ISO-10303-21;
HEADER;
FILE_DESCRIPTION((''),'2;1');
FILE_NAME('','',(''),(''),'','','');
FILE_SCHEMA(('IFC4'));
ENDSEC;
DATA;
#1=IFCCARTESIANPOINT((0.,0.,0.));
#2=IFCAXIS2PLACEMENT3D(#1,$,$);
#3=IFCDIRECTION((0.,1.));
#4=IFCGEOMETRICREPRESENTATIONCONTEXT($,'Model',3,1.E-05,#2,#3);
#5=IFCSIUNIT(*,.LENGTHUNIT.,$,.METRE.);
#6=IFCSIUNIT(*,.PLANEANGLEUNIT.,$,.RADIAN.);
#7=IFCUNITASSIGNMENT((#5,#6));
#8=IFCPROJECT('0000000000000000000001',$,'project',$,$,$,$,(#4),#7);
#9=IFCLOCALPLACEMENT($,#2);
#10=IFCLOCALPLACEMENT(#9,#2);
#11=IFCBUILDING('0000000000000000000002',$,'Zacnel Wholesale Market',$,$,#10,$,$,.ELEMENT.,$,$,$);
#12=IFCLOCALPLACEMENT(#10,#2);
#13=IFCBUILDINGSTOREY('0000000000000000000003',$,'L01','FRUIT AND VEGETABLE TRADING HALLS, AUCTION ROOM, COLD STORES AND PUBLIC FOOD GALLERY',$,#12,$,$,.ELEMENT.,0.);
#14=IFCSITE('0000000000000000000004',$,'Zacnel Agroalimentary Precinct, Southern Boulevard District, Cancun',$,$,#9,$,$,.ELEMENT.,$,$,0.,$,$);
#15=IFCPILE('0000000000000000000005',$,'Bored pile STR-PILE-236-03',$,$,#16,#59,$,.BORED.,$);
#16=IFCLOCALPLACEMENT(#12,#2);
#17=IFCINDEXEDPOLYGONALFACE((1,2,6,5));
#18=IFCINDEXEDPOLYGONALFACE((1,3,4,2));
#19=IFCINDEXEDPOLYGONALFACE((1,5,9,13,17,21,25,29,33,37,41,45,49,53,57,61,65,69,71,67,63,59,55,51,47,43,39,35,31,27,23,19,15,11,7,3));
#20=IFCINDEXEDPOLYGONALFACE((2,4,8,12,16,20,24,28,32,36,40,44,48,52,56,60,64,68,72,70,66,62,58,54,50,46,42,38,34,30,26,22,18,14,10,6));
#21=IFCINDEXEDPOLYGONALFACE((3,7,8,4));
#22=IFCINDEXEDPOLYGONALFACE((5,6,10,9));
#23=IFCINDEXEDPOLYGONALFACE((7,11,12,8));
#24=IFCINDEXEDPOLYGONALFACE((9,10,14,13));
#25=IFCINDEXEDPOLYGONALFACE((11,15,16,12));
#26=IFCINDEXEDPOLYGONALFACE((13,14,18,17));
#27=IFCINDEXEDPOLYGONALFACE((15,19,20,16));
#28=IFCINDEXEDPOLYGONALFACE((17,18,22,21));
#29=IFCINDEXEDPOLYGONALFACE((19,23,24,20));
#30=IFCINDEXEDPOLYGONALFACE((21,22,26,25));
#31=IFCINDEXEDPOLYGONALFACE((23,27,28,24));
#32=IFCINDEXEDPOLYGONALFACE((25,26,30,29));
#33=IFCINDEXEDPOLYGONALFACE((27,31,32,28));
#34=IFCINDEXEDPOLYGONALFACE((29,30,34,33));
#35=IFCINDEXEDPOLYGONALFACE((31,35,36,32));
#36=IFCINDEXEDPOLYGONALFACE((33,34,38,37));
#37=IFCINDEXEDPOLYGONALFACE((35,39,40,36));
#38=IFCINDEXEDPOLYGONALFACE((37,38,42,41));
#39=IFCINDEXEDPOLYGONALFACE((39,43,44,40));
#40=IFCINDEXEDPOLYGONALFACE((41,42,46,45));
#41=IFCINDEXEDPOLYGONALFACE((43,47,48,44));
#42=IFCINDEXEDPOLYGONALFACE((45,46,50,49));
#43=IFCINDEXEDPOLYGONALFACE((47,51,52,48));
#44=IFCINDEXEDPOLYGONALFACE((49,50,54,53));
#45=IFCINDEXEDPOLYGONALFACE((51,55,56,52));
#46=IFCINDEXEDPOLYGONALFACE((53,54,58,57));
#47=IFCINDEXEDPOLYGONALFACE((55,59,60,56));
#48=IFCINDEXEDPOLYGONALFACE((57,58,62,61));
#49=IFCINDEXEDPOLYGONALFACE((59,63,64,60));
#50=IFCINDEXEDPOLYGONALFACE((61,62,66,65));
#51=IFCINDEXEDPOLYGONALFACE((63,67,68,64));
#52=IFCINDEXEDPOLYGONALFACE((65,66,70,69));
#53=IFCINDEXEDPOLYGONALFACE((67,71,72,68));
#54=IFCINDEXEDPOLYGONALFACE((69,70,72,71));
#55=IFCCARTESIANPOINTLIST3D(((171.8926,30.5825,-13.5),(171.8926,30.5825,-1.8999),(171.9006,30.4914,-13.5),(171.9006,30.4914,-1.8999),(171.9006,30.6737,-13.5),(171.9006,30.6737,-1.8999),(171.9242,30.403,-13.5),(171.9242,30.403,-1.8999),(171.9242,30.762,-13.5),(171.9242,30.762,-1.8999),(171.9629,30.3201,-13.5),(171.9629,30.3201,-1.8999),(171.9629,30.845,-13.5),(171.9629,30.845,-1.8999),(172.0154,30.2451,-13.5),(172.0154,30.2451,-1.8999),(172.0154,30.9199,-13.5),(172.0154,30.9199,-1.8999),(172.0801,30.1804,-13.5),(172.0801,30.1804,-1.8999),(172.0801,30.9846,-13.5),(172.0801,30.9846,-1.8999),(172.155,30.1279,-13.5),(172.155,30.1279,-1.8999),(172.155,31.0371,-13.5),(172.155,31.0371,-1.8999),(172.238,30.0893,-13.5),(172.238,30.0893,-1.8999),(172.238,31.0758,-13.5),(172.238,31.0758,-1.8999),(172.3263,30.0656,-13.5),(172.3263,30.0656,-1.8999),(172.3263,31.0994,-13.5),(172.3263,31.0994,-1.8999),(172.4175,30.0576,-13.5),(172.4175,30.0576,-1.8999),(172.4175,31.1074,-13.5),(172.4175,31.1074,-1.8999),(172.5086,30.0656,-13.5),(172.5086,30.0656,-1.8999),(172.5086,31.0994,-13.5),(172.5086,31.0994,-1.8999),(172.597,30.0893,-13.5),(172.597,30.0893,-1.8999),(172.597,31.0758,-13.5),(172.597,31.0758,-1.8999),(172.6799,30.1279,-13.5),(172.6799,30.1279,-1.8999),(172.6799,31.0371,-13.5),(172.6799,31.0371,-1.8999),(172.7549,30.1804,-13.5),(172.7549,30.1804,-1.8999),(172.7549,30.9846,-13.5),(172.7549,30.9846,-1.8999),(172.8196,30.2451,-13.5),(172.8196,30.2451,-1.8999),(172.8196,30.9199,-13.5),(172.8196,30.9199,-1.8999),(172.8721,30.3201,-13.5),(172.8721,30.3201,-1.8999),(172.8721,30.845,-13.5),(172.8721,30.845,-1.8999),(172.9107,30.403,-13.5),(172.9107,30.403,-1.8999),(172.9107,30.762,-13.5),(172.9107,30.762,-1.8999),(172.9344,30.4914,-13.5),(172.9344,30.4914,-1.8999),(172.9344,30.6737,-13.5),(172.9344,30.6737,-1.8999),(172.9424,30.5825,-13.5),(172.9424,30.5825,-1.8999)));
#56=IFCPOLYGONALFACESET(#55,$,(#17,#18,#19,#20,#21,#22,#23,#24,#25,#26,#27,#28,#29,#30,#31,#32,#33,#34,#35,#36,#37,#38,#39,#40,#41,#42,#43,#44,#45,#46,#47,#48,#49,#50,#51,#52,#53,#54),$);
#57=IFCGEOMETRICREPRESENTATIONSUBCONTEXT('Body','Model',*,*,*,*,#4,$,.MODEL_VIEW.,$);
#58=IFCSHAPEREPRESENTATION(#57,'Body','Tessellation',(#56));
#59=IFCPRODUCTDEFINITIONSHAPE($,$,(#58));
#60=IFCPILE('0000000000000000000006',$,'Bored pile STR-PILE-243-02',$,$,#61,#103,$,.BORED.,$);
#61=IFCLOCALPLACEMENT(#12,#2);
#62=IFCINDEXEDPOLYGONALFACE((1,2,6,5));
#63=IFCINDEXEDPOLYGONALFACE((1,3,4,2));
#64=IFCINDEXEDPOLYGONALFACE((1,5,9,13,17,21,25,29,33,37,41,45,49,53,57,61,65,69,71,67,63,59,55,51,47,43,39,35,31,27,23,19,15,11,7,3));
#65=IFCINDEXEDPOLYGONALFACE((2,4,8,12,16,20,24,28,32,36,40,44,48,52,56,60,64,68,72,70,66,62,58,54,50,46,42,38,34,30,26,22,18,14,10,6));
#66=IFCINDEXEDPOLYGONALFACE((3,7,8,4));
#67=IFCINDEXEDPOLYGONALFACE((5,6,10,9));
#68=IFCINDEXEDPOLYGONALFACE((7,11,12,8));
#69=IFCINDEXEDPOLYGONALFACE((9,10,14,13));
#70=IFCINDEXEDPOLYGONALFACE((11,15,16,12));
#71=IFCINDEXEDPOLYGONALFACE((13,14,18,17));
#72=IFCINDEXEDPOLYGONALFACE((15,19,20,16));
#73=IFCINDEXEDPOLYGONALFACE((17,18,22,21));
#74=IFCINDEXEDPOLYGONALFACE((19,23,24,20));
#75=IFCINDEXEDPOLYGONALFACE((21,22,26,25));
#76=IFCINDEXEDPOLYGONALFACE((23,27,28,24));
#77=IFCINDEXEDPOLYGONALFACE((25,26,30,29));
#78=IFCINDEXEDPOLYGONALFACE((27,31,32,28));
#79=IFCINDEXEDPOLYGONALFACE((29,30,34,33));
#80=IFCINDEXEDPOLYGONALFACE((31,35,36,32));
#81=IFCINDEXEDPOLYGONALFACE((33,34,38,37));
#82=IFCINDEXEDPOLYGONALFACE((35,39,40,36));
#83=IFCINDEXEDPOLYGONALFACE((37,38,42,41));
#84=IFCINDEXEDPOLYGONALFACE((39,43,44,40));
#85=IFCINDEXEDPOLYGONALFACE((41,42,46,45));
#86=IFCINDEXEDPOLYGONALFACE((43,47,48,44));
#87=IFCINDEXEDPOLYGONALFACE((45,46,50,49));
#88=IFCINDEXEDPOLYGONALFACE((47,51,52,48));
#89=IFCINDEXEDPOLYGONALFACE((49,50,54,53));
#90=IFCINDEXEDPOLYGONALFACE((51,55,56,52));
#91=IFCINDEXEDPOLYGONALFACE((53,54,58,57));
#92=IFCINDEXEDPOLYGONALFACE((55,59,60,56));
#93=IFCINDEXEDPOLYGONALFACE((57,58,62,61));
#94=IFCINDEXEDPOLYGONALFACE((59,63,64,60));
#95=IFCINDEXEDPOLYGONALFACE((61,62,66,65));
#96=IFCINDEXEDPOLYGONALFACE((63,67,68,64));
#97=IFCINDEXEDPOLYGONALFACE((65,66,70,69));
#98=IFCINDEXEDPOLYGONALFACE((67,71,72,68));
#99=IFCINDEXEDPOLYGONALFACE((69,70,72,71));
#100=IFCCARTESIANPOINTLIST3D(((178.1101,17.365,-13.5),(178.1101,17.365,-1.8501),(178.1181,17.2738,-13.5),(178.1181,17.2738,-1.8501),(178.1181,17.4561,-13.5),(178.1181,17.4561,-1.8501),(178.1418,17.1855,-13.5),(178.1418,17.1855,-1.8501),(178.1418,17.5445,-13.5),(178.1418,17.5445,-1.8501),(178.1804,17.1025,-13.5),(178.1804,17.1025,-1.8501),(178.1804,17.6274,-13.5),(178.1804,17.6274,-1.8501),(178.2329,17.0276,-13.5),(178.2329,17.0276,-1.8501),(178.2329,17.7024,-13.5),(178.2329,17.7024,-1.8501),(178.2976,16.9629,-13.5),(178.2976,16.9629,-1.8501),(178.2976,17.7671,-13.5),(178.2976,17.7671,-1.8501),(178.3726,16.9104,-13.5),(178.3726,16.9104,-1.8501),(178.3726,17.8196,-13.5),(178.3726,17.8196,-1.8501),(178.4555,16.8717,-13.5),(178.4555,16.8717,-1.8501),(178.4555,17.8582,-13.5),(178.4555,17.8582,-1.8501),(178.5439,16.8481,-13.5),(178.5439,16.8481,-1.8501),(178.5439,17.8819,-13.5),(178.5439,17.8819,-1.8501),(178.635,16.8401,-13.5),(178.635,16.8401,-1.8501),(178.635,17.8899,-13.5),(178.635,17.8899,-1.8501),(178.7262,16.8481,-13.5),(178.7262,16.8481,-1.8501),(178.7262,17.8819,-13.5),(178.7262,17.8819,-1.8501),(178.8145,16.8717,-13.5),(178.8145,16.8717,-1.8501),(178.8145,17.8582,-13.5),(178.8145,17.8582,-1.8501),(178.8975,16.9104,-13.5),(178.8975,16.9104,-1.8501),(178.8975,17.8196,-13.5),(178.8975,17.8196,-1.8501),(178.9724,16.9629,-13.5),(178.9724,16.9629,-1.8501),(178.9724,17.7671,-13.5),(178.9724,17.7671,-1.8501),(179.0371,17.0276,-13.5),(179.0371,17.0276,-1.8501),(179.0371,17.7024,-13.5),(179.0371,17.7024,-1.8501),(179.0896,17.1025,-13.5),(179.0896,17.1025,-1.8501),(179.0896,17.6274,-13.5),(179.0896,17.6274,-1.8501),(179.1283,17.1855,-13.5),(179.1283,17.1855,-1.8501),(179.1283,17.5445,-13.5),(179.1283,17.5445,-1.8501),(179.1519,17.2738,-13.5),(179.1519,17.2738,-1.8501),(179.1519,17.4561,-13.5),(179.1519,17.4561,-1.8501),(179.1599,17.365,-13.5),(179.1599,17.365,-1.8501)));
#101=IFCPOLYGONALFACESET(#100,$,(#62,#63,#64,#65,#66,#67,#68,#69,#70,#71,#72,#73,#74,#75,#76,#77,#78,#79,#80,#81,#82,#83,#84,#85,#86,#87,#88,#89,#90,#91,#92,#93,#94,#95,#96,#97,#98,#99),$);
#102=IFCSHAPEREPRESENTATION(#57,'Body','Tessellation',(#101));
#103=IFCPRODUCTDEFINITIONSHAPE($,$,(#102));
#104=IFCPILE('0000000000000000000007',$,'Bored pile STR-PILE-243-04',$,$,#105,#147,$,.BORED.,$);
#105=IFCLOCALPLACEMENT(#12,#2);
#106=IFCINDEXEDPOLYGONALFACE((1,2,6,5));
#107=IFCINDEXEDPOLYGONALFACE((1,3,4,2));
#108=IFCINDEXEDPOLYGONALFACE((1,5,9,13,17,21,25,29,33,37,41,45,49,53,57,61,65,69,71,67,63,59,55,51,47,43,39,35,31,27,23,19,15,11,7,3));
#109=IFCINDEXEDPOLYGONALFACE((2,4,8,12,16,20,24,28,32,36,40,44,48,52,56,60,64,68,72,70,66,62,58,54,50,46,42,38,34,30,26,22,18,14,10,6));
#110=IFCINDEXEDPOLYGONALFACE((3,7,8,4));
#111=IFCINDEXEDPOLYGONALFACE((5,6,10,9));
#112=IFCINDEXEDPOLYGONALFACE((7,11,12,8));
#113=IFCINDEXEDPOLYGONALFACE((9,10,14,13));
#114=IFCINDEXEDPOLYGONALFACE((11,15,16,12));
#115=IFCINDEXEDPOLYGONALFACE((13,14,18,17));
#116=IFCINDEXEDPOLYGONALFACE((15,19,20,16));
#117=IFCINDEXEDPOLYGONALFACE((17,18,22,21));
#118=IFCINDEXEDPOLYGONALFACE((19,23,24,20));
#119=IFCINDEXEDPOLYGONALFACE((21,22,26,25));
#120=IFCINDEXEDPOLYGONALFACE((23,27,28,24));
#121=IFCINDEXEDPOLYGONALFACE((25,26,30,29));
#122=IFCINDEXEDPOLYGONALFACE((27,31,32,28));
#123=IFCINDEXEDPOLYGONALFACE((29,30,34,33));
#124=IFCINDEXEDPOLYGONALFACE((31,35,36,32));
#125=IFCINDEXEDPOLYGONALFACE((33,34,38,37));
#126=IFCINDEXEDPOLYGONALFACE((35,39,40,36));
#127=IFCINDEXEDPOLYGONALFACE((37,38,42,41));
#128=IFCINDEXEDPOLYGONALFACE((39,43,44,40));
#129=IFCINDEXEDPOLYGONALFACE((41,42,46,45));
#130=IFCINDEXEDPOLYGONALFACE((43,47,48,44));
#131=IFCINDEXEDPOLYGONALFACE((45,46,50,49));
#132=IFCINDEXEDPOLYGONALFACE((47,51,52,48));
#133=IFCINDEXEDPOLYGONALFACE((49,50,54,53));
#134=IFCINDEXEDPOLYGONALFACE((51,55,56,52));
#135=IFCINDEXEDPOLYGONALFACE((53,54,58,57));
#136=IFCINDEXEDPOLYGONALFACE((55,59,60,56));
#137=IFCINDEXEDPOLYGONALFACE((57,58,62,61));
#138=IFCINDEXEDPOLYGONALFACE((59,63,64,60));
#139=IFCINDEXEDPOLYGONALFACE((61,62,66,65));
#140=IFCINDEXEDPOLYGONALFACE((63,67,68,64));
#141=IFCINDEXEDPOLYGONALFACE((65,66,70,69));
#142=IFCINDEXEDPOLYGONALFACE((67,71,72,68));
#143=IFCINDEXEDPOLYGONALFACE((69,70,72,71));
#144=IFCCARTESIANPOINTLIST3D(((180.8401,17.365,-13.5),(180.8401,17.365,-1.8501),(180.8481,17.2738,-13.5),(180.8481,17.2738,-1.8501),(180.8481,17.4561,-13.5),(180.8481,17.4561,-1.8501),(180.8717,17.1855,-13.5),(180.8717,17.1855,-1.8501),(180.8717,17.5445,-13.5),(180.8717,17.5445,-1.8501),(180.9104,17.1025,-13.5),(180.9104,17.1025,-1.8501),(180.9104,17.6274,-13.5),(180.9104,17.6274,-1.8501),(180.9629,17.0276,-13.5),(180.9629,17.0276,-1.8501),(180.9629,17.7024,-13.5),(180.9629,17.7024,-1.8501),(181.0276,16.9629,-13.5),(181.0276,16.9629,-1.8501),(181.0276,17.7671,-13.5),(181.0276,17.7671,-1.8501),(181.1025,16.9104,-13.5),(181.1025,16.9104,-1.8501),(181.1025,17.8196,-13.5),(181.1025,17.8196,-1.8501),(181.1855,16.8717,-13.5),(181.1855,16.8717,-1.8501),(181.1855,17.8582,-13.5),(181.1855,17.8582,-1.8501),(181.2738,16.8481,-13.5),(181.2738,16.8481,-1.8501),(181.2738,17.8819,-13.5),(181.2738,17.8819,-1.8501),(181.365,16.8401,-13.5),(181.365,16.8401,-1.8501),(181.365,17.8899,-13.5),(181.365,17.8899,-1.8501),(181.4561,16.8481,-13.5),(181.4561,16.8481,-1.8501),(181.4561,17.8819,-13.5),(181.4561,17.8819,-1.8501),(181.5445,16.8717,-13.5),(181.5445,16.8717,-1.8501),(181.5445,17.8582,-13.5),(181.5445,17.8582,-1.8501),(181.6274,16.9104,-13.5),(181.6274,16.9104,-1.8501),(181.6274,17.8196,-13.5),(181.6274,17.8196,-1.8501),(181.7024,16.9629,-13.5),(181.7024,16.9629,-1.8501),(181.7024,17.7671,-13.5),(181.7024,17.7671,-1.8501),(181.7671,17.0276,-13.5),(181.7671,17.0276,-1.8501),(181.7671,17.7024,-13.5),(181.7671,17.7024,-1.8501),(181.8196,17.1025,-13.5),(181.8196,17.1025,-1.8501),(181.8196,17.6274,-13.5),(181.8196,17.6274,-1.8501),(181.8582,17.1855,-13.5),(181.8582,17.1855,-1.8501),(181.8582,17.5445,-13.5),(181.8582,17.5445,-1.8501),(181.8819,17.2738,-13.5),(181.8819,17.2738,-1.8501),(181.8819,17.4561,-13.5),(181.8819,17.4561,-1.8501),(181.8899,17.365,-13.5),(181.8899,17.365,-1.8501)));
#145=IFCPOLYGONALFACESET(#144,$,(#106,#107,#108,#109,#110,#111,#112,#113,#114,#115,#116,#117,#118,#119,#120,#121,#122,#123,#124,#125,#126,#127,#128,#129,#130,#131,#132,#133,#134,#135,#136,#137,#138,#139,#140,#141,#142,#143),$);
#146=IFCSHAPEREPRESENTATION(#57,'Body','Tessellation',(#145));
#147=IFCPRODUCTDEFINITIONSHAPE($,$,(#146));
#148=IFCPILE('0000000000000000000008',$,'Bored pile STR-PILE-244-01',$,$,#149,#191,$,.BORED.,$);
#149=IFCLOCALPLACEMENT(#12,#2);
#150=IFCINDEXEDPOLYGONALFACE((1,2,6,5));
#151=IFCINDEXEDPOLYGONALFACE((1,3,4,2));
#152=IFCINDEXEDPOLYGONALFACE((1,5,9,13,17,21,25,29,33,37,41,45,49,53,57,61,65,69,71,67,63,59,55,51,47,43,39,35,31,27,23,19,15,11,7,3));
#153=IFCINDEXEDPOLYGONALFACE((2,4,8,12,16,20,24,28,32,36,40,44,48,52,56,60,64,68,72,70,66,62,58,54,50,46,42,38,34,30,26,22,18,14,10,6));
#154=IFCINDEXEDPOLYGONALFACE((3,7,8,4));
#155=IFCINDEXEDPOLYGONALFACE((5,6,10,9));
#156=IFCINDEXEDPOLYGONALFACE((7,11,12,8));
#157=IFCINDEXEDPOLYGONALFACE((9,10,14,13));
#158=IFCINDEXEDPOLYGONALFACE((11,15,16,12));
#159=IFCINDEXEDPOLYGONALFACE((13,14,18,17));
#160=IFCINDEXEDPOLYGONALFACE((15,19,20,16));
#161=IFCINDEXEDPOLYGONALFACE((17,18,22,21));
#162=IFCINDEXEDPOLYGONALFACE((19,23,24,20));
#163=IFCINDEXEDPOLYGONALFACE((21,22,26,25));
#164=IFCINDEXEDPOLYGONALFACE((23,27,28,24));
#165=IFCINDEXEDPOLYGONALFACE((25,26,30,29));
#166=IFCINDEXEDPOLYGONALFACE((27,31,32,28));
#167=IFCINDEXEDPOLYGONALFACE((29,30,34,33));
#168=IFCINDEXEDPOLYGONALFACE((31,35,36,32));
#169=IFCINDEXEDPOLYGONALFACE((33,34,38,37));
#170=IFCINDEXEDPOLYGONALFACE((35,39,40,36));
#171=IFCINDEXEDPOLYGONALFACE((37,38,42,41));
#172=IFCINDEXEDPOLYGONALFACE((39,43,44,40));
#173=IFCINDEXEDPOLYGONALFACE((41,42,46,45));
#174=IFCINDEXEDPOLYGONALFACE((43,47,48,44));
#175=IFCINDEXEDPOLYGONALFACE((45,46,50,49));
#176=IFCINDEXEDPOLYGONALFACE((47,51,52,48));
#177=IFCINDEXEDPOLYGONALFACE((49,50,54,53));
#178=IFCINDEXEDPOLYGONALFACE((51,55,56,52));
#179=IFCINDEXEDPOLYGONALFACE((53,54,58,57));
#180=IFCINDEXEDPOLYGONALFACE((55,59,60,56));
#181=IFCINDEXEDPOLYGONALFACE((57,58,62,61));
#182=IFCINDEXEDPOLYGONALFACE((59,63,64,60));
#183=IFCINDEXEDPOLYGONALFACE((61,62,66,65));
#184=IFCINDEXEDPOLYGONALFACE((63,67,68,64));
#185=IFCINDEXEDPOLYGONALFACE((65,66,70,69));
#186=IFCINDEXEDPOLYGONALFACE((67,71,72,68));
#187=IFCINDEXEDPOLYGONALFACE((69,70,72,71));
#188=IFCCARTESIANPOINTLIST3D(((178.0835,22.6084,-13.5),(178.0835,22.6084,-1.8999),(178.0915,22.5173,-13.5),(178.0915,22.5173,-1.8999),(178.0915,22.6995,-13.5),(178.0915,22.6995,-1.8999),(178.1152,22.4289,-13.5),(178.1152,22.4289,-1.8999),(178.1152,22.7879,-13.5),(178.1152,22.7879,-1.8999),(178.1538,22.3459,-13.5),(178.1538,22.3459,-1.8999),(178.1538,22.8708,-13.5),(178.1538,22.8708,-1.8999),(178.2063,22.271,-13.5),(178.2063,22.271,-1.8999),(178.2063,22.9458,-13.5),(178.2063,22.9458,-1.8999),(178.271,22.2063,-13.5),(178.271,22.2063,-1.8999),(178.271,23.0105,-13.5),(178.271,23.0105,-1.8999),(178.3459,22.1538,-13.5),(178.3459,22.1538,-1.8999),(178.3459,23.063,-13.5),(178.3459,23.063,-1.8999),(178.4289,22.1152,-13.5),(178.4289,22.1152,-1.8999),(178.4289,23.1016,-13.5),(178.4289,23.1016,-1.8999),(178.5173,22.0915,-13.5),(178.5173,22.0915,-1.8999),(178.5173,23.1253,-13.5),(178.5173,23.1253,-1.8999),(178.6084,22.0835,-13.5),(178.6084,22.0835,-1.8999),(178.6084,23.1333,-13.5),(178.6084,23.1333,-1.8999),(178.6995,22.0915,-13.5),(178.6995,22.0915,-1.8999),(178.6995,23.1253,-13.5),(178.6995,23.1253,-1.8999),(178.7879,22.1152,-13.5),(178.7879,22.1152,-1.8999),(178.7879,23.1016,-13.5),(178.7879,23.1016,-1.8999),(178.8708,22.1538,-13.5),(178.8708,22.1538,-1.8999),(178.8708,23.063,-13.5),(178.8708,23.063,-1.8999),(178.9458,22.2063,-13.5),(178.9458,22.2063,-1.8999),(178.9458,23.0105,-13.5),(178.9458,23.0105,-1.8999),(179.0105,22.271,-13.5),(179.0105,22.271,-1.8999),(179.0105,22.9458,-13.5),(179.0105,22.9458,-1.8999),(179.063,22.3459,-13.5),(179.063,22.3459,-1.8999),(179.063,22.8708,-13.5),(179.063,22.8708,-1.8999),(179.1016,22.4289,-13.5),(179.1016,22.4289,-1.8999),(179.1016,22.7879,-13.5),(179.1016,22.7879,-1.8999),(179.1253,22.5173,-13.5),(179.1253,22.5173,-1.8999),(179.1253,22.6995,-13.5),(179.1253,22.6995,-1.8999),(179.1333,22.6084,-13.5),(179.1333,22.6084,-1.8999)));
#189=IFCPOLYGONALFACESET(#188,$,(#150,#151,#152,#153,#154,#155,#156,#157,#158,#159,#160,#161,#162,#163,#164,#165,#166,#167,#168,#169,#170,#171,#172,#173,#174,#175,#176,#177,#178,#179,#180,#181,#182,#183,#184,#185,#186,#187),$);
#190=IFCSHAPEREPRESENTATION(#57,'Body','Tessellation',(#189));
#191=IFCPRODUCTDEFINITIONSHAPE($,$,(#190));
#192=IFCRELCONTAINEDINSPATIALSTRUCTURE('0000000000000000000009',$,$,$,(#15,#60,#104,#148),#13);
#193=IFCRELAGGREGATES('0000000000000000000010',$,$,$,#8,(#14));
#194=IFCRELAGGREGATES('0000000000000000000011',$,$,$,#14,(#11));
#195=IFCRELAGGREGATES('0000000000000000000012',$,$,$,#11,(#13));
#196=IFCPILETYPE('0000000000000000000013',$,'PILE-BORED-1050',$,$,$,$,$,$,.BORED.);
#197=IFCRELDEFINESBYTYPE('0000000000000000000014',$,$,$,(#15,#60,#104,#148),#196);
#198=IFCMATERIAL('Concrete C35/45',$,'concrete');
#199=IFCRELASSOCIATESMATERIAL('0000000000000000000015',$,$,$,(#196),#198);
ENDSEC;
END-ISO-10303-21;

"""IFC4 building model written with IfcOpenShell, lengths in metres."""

from ifc_helpers import new_model, si_unit, direction, frame, origin, origin_2d, place, context, subcontext, project, spatial, circle, extrude, material, material_profile, profile_set, type_object, element, save


model = new_model("IFC4")

# Units and contexts
model_context = context("Model", 3, precision=1e-05, world=origin(), true_north=direction((0.0, 1.0)))
body_context = subcontext(model_context, "Body", "Model", "MODEL_VIEW")
ifc_project = project(units=[si_unit("LENGTHUNIT", "METRE"), si_unit("PLANEANGLEUNIT", "RADIAN")], contexts=[model_context])

# Site, building, storey
site_placement = place(None, origin())
site = spatial("IfcSite", under=ifc_project, at=site_placement, Name="Zacnel Agroalimentary Precinct, Southern Boulevard District, Cancun", CompositionType="ELEMENT", RefElevation=0.0)
building_placement = place(site_placement, origin())
building = spatial("IfcBuilding", under=site, at=building_placement, Name="Zacnel Wholesale Market", CompositionType="ELEMENT")
storey_placement = place(building_placement, origin())
storey = spatial("IfcBuildingStorey", under=building, at=storey_placement, Name="L01", Description="FRUIT AND VEGETABLE TRADING HALLS, AUCTION ROOM, COLD STORES AND PUBLIC FOOD GALLERY", CompositionType="ELEMENT", Elevation=0.0)

# Piles
ifc_material_1 = material(Name="Concrete C35/45", Category="concrete")
ifc_material_profile_1 = material_profile(ifc_material_1, circle(Radius=0.5249, at=origin_2d()), Name="BORED PILE D1050")
ifc_profile_set_1 = profile_set([ifc_material_profile_1], Name="Concrete C35/45")
pile_type = type_object("IfcPileType", Name="PILE-BORED-1050", PredefinedType="BORED", material=ifc_profile_set_1)
pile_1_placement = place(storey_placement, frame((172.4175, 30.5825, -1.8999), z_axis=(0.0, 0.0, -1.0), x_axis=(1.0, 0.0, 0.0)))
element("IfcPile", 1, at=pile_1_placement, inside=storey, type_object=pile_type, Name="Bored pile STR-PILE-236-03", PredefinedType="BORED", context=body_context, shape_type="SweptSolid", body=[
    extrude(circle(Radius=0.5249, at=origin_2d()), origin(), (0.0, 0.0, 1.0), 11.6001),
])
for number, where, z_axis, x_axis, name in (
    (2, (178.635, 17.365, -1.8501), (0.0, 0.0, -1.0), (1.0, 0.0, 0.0), "Bored pile STR-PILE-243-02"),
    (3, (181.365, 17.365, -1.8501), (0.0, 0.0, -1.0), (1.0, 0.0, 0.0), "Bored pile STR-PILE-243-04"),
):
    element("IfcPile", number, at=place(storey_placement, frame(where, z_axis=z_axis, x_axis=x_axis)), inside=storey, type_object=pile_type, Name=name, PredefinedType="BORED", context=body_context, shape_type="SweptSolid", body=[
        extrude(circle(Radius=0.5249, at=origin_2d()), origin(), (0.0, 0.0, 1.0), 11.6499),
    ])
for number, where, z_axis, x_axis, name in (
    (4, (178.6084, 22.6084, -1.8999), (0.0, 0.0, -1.0), (1.0, 0.0, 0.0), "Bored pile STR-PILE-244-01"),
):
    element("IfcPile", number, at=place(storey_placement, frame(where, z_axis=z_axis, x_axis=x_axis)), inside=storey, type_object=pile_type, Name=name, PredefinedType="BORED", context=body_context, shape_type="SweptSolid", body=[
        extrude(circle(Radius=0.5249, at=origin_2d()), origin(), (0.0, 0.0, 1.0), 11.6001),
    ])

save(model, "model.ifc")
